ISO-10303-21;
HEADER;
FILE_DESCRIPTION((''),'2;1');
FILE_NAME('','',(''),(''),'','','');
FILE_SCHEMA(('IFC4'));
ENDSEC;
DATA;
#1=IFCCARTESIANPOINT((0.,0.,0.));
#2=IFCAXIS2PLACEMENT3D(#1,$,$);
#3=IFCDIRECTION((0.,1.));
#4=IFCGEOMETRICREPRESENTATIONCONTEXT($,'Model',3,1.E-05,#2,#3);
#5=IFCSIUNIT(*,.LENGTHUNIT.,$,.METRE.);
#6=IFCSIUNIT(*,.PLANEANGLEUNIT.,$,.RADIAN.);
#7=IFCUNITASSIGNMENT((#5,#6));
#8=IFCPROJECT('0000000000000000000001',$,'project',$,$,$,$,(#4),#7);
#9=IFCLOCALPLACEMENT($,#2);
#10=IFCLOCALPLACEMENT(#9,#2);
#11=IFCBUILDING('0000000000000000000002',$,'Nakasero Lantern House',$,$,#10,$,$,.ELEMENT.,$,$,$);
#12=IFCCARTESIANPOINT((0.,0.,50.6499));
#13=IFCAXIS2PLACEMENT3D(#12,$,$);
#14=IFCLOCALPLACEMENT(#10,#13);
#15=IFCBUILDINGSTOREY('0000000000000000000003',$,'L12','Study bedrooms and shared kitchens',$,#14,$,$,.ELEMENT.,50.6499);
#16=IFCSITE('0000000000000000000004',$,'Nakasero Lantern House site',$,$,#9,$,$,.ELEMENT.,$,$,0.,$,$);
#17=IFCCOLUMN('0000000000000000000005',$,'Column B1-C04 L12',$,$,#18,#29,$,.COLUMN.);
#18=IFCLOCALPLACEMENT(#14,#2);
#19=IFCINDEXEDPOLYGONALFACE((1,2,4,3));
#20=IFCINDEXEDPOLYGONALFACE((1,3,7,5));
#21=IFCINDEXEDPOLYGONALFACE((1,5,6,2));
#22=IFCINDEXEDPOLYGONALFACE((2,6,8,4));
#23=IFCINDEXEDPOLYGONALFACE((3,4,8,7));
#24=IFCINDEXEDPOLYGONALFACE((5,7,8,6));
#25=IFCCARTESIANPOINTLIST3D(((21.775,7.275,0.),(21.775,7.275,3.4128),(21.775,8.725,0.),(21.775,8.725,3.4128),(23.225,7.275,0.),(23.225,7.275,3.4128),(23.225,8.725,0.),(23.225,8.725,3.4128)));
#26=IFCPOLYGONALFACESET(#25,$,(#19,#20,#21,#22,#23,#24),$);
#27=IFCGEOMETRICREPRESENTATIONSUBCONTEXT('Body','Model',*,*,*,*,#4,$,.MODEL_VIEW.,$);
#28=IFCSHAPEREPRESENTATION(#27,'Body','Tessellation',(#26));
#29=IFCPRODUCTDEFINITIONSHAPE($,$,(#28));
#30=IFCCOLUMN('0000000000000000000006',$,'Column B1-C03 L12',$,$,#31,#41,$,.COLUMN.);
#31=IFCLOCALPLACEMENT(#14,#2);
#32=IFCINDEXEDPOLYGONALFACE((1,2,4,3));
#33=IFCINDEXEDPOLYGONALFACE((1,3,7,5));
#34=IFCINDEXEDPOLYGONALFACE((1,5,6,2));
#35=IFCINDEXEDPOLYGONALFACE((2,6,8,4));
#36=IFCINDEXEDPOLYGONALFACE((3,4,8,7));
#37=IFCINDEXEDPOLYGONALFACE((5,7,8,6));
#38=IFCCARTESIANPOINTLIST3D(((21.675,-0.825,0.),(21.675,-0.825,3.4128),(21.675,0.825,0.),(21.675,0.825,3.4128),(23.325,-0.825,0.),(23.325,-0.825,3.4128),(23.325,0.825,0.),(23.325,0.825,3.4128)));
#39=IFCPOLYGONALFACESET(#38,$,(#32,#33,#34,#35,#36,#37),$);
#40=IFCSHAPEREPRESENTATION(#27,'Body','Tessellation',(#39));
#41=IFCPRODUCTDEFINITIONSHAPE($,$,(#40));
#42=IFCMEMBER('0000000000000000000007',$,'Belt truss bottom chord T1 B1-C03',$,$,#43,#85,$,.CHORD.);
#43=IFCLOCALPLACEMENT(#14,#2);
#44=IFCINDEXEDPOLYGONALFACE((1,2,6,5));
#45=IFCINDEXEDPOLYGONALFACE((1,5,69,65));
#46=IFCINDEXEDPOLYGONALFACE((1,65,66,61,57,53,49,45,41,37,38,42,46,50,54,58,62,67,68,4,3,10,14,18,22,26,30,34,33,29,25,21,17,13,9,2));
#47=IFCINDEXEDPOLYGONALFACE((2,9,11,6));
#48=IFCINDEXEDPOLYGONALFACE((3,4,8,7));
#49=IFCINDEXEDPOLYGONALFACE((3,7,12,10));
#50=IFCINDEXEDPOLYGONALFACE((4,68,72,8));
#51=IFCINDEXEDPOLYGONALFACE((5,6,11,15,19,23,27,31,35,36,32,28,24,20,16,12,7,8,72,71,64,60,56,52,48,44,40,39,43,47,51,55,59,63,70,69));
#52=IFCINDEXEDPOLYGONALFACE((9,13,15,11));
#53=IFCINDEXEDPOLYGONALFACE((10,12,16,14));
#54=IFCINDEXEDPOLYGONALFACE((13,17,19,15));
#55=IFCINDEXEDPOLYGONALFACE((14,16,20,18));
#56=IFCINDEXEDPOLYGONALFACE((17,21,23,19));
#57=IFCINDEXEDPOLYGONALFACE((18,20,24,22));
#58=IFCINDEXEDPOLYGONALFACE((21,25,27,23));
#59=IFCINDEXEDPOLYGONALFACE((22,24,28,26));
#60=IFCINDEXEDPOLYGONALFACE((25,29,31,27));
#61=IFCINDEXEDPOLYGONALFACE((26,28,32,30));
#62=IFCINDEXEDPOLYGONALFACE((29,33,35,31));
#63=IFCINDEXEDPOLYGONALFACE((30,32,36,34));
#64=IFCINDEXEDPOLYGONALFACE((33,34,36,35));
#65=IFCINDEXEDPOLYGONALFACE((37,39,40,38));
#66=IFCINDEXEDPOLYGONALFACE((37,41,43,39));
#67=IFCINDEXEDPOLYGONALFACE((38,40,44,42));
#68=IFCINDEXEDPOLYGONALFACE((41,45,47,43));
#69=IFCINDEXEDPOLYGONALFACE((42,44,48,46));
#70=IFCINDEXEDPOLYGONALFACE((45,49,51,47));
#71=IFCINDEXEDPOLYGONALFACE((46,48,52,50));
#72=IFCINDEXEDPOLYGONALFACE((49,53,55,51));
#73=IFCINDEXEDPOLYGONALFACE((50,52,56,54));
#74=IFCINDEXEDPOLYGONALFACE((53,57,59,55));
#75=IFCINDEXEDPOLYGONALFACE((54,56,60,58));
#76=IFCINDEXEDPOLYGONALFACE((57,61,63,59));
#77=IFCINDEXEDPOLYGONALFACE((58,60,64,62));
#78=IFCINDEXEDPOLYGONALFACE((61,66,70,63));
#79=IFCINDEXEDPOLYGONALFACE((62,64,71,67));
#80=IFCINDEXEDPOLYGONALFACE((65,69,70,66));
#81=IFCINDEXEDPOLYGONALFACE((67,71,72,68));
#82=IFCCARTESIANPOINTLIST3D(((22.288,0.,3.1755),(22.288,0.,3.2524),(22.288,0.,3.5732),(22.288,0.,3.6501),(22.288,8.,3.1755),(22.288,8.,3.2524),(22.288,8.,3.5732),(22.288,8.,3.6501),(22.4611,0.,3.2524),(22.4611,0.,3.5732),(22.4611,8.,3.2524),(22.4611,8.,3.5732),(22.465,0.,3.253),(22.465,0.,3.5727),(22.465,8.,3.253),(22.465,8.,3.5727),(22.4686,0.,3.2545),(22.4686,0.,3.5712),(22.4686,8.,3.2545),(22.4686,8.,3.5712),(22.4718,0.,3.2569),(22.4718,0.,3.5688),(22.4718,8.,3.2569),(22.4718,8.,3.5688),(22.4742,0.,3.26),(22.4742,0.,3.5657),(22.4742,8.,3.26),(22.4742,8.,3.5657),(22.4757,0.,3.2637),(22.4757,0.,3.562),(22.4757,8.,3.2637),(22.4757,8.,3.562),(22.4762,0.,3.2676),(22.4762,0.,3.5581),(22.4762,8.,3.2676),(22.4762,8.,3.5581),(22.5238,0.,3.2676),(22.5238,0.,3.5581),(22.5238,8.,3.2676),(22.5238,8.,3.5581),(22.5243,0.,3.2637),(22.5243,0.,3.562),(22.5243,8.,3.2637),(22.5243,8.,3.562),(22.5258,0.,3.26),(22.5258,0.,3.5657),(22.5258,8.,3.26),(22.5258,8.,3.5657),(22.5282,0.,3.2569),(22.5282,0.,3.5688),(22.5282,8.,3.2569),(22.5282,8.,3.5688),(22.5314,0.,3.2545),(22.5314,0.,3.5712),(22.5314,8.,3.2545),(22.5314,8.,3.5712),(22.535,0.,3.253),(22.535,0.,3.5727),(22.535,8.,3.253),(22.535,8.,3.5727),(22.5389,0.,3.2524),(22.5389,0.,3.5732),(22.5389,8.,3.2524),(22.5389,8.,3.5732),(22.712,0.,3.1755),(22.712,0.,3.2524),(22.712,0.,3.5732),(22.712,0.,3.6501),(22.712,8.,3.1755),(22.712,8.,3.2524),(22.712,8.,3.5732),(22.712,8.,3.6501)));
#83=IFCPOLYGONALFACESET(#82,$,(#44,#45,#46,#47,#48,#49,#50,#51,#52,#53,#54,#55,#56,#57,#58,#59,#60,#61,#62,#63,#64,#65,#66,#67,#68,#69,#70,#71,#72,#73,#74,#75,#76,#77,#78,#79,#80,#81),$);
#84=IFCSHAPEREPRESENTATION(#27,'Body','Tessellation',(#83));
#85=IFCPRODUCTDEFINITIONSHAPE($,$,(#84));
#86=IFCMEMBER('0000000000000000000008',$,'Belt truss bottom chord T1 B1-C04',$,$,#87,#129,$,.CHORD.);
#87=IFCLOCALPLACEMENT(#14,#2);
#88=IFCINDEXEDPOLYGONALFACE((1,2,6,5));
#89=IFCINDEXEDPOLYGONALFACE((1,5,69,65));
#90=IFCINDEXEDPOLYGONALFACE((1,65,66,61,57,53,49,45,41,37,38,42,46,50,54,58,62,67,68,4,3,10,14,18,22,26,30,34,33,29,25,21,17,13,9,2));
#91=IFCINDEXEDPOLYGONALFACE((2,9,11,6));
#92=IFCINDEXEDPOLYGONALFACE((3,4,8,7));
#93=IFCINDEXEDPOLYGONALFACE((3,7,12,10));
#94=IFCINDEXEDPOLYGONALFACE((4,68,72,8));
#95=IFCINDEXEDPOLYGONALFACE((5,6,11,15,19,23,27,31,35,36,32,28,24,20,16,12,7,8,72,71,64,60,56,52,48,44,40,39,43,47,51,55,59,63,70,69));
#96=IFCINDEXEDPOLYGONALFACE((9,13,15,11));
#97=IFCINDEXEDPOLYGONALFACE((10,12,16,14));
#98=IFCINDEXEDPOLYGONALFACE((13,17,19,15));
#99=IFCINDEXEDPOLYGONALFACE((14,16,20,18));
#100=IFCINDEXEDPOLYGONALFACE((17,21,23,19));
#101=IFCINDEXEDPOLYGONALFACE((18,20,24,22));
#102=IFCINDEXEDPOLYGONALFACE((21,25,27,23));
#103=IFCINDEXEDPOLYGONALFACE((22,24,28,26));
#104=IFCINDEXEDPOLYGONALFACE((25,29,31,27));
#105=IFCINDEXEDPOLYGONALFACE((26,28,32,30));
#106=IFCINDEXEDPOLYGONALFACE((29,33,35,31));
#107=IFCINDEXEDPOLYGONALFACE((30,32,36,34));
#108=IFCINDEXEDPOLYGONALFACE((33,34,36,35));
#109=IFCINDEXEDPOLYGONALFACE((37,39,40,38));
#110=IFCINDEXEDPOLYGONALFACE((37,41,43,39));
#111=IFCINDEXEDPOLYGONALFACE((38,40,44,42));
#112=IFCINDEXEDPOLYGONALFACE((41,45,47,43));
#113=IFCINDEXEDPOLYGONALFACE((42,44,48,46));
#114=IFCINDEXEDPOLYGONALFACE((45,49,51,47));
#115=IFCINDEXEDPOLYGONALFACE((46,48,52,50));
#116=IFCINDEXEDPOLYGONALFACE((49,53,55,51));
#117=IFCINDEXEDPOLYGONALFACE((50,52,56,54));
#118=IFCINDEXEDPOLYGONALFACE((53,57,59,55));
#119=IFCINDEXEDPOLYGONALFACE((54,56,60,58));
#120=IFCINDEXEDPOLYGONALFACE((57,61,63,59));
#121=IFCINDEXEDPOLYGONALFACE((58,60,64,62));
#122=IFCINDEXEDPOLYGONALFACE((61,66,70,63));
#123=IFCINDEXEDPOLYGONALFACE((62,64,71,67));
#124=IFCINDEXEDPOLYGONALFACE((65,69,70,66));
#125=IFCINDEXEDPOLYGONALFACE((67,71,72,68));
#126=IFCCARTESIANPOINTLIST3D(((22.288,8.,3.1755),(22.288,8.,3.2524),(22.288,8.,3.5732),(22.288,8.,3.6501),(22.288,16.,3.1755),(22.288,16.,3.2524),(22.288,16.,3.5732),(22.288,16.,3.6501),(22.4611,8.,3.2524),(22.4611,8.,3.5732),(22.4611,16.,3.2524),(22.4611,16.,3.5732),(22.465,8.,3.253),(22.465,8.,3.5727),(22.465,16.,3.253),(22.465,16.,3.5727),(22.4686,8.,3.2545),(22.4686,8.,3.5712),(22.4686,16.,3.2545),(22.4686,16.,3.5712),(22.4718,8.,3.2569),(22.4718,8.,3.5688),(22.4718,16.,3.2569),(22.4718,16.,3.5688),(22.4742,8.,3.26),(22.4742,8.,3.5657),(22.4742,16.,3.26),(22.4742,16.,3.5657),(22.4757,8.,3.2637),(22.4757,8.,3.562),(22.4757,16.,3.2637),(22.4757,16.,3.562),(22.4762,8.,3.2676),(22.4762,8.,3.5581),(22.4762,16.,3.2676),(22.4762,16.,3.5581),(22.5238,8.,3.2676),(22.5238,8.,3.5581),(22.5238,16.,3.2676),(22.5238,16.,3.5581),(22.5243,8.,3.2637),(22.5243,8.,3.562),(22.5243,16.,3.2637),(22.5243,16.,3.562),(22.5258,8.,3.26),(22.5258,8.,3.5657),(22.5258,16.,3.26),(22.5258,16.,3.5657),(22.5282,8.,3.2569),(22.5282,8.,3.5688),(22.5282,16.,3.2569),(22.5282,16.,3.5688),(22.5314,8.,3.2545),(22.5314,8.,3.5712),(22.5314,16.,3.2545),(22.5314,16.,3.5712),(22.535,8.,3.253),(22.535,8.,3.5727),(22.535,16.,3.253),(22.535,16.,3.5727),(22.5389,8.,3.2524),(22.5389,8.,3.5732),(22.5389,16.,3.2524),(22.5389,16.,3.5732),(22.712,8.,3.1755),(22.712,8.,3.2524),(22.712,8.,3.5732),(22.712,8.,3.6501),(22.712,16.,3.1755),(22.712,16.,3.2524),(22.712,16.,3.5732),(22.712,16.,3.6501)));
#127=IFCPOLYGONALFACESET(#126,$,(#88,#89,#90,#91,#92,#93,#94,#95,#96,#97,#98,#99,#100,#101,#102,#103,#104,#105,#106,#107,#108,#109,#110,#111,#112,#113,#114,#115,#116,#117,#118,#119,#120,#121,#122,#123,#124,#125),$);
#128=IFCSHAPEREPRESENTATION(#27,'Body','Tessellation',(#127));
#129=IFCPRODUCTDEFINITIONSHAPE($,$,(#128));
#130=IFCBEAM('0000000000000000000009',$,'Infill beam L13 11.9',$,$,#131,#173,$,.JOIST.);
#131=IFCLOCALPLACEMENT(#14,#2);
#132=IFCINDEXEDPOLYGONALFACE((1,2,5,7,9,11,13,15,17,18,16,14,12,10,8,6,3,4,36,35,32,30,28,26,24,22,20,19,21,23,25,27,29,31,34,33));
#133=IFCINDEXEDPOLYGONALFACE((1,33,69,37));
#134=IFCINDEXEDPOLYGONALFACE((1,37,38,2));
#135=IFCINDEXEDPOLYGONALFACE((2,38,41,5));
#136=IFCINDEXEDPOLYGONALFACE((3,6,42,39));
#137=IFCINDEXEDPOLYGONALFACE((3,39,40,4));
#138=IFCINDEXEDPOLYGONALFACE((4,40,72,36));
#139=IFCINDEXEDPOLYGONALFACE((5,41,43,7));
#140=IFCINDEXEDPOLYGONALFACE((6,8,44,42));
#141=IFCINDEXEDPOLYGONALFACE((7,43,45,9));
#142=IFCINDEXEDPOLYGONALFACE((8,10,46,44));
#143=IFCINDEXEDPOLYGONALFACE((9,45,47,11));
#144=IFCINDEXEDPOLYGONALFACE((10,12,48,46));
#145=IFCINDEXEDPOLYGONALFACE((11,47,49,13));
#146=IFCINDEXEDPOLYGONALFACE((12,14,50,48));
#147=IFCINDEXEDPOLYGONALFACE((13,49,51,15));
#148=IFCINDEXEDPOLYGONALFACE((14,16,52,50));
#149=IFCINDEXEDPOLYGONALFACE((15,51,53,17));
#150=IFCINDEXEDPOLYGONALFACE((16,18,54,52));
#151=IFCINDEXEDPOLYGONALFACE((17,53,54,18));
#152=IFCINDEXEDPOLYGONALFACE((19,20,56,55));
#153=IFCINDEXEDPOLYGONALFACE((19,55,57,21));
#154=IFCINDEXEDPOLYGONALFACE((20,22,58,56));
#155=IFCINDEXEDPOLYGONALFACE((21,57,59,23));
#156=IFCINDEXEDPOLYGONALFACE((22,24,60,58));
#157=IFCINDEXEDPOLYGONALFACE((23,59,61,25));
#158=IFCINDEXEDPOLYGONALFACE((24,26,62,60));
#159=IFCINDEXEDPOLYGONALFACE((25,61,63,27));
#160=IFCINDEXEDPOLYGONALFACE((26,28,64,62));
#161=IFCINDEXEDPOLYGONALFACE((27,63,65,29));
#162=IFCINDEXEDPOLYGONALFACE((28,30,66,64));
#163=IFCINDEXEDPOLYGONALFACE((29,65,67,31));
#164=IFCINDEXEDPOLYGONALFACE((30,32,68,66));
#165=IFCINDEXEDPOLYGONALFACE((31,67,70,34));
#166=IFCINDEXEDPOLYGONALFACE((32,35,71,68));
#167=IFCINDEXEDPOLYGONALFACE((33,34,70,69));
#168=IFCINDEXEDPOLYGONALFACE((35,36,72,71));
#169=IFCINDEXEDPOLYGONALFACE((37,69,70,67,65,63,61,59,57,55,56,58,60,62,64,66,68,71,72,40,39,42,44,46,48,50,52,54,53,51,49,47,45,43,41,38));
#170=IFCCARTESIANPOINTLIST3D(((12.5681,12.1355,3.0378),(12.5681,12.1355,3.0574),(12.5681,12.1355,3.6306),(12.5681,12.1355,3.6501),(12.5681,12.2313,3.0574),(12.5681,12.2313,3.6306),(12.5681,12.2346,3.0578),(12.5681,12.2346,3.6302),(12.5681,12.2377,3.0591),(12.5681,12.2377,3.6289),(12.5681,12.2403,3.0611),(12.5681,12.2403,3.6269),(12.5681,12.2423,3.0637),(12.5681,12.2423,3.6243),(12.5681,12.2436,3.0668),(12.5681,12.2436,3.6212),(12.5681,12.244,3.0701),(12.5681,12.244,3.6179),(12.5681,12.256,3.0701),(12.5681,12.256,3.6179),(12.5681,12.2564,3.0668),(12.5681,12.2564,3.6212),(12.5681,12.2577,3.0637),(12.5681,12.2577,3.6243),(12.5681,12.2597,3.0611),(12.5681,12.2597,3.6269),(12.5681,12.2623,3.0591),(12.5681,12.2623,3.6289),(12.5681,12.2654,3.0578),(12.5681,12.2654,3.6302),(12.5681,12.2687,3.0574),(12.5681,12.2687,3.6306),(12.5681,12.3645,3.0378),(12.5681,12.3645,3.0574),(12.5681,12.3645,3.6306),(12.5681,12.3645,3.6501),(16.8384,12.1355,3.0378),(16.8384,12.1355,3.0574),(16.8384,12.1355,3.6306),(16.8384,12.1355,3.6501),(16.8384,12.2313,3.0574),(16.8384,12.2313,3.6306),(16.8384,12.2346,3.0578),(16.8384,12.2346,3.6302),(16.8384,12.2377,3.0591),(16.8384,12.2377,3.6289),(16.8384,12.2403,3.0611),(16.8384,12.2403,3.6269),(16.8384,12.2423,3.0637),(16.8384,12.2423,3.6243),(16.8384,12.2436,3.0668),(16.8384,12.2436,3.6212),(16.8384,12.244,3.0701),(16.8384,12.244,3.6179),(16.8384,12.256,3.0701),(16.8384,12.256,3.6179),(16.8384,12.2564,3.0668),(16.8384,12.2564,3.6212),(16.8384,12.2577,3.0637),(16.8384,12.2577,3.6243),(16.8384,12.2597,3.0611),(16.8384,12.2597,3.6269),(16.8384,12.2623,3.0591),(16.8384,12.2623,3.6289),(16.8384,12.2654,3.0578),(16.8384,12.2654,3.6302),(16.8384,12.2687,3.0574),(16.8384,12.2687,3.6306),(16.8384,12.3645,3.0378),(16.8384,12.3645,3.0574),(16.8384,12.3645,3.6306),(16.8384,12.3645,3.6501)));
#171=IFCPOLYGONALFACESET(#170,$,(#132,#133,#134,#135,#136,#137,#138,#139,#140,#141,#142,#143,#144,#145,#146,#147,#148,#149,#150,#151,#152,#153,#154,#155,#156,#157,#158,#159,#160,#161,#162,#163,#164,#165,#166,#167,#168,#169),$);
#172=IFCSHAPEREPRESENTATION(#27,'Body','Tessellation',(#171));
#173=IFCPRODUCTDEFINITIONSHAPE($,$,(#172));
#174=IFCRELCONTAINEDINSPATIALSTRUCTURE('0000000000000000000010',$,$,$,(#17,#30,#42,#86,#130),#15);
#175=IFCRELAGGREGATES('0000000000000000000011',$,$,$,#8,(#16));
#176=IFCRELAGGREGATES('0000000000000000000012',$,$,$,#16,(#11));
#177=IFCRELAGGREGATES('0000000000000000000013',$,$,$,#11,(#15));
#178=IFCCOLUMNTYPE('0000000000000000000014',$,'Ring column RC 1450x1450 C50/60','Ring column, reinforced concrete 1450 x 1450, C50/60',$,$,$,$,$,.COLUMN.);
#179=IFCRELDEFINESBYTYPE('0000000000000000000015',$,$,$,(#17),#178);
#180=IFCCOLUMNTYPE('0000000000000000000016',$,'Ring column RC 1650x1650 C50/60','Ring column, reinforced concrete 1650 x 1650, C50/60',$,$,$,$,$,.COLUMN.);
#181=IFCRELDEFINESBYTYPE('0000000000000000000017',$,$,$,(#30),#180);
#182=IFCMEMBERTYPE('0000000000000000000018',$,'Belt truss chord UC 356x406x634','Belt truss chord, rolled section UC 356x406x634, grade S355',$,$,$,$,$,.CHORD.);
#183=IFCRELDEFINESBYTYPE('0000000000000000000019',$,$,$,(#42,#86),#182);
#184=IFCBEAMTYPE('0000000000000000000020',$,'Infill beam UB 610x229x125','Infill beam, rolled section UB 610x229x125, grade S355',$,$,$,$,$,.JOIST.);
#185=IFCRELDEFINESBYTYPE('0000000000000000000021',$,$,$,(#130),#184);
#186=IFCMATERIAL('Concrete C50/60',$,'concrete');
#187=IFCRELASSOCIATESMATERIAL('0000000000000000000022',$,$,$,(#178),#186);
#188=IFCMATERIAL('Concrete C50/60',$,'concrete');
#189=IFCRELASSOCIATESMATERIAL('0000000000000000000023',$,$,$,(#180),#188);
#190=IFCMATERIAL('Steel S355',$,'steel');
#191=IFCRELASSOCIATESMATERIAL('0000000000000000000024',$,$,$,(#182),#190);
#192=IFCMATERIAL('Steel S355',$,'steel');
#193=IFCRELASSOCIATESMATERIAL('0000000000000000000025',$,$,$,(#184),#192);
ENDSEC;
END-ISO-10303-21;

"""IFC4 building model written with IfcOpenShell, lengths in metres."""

from ifc_helpers import new_model, si_unit, direction, frame, origin, origin_2d, place, context, subcontext, project, spatial, rectangle, i_section, extrude, material, material_profile, profile_set, type_object, element, save


model = new_model("IFC4")

# Units and contexts
model_context = context("Model", 3, precision=1e-05, world=origin(), true_north=direction((0.0, 1.0)))
body_context = subcontext(model_context, "Body", "Model", "MODEL_VIEW")
ifc_project = project(units=[si_unit("LENGTHUNIT", "METRE"), si_unit("PLANEANGLEUNIT", "RADIAN")], contexts=[model_context])

# Site, building, storey
site_placement = place(None, origin())
site = spatial("IfcSite", under=ifc_project, at=site_placement, Name="Nakasero Lantern House site", CompositionType="ELEMENT", RefElevation=0.0)
building_placement = place(site_placement, origin())
building = spatial("IfcBuilding", under=site, at=building_placement, Name="Nakasero Lantern House", CompositionType="ELEMENT")
storey_placement = place(building_placement, frame((0.0, 0.0, 50.6499)))
storey = spatial("IfcBuildingStorey", under=building, at=storey_placement, Name="L12", Description="Study bedrooms and shared kitchens", CompositionType="ELEMENT", Elevation=50.6499)

# Columns
ifc_material_1 = material(Name="Concrete C50/60", Category="concrete")
ifc_material_profile_1 = material_profile(ifc_material_1, rectangle(XDim=1.45, YDim=1.45, at=origin_2d()), Name="RC 1450x1450")
ifc_profile_set_1 = profile_set([ifc_material_profile_1], Name="Concrete C50/60")
column_type_1 = type_object("IfcColumnType", Name="Ring column RC 1450x1450 C50/60", Description="Ring column, reinforced concrete 1450 x 1450, C50/60", PredefinedType="COLUMN", material=ifc_profile_set_1)
column_1_placement = place(storey_placement, frame((22.5, 8.0, 0.0), z_axis=(0.0, 0.0, 1.0), x_axis=(1.0, 0.0, 0.0)))
element("IfcColumn", 1, at=column_1_placement, inside=storey, type_object=column_type_1, Name="Column B1-C04 L12", PredefinedType="COLUMN", context=body_context, shape_type="SweptSolid", body=[
    extrude(rectangle(XDim=1.45, YDim=1.45, at=origin_2d()), origin(), (0.0, 0.0, 1.0), 3.4128),
])
ifc_material_2 = material(Name="Concrete C50/60", Category="concrete")
ifc_material_profile_2 = material_profile(ifc_material_2, rectangle(XDim=1.6499, YDim=1.6499, at=origin_2d()), Name="RC 1650x1650")
ifc_profile_set_2 = profile_set([ifc_material_profile_2], Name="Concrete C50/60")
column_type_2 = type_object("IfcColumnType", Name="Ring column RC 1650x1650 C50/60", Description="Ring column, reinforced concrete 1650 x 1650, C50/60", PredefinedType="COLUMN", material=ifc_profile_set_2)
column_2_placement = place(storey_placement, frame((22.5, 0.0, 0.0), z_axis=(0.0, 0.0, 1.0), x_axis=(1.0, 0.0, 0.0)))
element("IfcColumn", 2, at=column_2_placement, inside=storey, type_object=column_type_2, Name="Column B1-C03 L12", PredefinedType="COLUMN", context=body_context, shape_type="SweptSolid", body=[
    extrude(rectangle(XDim=1.6499, YDim=1.6499, at=origin_2d()), origin(), (0.0, 0.0, 1.0), 3.4128),
])

# Members
ifc_material_3 = material(Name="Steel S355", Category="steel")
ifc_material_profile_3 = material_profile(ifc_material_3, i_section(OverallWidth=0.4241, OverallDepth=0.4746, WebThickness=0.0476, FlangeThickness=0.0769, FilletRadius=0.0151, at=origin_2d()), Name="UC 356x406x634")
ifc_profile_set_3 = profile_set([ifc_material_profile_3], Name="Steel S355")
member_type = type_object("IfcMemberType", Name="Belt truss chord UC 356x406x634", Description="Belt truss chord, rolled section UC 356x406x634, grade S355", PredefinedType="CHORD", material=ifc_profile_set_3)
for number, where, z_axis, x_axis, name in (
    (3, (22.5, 0.0, 3.4128), (0.0, 1.0, 0.0), (-1.0, 0.0, 0.0), "Belt truss bottom chord T1 B1-C03"),
    (4, (22.5, 8.0, 3.4128), (0.0, 1.0, 0.0), (-1.0, 0.0, 0.0), "Belt truss bottom chord T1 B1-C04"),
):
    element("IfcMember", number, at=place(storey_placement, frame(where, z_axis=z_axis, x_axis=x_axis)), inside=storey, type_object=member_type, Name=name, PredefinedType="CHORD", context=body_context, shape_type="SweptSolid", body=[
        extrude(i_section(OverallWidth=0.4241, OverallDepth=0.4746, WebThickness=0.0476, FlangeThickness=0.0769, FilletRadius=0.0151, at=origin_2d()), origin(), (0.0, 0.0, 1.0), 8.0),
    ])

# Beam
ifc_material_4 = material(Name="Steel S355", Category="steel")
ifc_material_profile_4 = material_profile(ifc_material_4, i_section(OverallWidth=0.229, OverallDepth=0.6123, WebThickness=0.012, FlangeThickness=0.0195, FilletRadius=0.0127, at=origin_2d()), Name="UB 610x229x125")
ifc_profile_set_4 = profile_set([ifc_material_profile_4], Name="Steel S355")
beam_type_1 = type_object("IfcBeamType", Name="Infill beam UB 610x229x125", Description="Infill beam, rolled section UB 610x229x125, grade S355", PredefinedType="JOIST", material=ifc_profile_set_4)
beam_1_placement = place(storey_placement, frame((12.5681, 12.25, 3.344), z_axis=(1.0, 0.0, 0.0), x_axis=(0.0, 1.0, 0.0)))
element("IfcBeam", 5, at=beam_1_placement, inside=storey, type_object=beam_type_1, Name="Infill beam L13 11.9", PredefinedType="JOIST", context=body_context, shape_type="SweptSolid", body=[
    extrude(i_section(OverallWidth=0.229, OverallDepth=0.6123, WebThickness=0.012, FlangeThickness=0.0195, FilletRadius=0.0127, at=origin_2d()), origin(), (0.0, 0.0, 1.0), 4.2703),
])

save(model, "model.ifc")
